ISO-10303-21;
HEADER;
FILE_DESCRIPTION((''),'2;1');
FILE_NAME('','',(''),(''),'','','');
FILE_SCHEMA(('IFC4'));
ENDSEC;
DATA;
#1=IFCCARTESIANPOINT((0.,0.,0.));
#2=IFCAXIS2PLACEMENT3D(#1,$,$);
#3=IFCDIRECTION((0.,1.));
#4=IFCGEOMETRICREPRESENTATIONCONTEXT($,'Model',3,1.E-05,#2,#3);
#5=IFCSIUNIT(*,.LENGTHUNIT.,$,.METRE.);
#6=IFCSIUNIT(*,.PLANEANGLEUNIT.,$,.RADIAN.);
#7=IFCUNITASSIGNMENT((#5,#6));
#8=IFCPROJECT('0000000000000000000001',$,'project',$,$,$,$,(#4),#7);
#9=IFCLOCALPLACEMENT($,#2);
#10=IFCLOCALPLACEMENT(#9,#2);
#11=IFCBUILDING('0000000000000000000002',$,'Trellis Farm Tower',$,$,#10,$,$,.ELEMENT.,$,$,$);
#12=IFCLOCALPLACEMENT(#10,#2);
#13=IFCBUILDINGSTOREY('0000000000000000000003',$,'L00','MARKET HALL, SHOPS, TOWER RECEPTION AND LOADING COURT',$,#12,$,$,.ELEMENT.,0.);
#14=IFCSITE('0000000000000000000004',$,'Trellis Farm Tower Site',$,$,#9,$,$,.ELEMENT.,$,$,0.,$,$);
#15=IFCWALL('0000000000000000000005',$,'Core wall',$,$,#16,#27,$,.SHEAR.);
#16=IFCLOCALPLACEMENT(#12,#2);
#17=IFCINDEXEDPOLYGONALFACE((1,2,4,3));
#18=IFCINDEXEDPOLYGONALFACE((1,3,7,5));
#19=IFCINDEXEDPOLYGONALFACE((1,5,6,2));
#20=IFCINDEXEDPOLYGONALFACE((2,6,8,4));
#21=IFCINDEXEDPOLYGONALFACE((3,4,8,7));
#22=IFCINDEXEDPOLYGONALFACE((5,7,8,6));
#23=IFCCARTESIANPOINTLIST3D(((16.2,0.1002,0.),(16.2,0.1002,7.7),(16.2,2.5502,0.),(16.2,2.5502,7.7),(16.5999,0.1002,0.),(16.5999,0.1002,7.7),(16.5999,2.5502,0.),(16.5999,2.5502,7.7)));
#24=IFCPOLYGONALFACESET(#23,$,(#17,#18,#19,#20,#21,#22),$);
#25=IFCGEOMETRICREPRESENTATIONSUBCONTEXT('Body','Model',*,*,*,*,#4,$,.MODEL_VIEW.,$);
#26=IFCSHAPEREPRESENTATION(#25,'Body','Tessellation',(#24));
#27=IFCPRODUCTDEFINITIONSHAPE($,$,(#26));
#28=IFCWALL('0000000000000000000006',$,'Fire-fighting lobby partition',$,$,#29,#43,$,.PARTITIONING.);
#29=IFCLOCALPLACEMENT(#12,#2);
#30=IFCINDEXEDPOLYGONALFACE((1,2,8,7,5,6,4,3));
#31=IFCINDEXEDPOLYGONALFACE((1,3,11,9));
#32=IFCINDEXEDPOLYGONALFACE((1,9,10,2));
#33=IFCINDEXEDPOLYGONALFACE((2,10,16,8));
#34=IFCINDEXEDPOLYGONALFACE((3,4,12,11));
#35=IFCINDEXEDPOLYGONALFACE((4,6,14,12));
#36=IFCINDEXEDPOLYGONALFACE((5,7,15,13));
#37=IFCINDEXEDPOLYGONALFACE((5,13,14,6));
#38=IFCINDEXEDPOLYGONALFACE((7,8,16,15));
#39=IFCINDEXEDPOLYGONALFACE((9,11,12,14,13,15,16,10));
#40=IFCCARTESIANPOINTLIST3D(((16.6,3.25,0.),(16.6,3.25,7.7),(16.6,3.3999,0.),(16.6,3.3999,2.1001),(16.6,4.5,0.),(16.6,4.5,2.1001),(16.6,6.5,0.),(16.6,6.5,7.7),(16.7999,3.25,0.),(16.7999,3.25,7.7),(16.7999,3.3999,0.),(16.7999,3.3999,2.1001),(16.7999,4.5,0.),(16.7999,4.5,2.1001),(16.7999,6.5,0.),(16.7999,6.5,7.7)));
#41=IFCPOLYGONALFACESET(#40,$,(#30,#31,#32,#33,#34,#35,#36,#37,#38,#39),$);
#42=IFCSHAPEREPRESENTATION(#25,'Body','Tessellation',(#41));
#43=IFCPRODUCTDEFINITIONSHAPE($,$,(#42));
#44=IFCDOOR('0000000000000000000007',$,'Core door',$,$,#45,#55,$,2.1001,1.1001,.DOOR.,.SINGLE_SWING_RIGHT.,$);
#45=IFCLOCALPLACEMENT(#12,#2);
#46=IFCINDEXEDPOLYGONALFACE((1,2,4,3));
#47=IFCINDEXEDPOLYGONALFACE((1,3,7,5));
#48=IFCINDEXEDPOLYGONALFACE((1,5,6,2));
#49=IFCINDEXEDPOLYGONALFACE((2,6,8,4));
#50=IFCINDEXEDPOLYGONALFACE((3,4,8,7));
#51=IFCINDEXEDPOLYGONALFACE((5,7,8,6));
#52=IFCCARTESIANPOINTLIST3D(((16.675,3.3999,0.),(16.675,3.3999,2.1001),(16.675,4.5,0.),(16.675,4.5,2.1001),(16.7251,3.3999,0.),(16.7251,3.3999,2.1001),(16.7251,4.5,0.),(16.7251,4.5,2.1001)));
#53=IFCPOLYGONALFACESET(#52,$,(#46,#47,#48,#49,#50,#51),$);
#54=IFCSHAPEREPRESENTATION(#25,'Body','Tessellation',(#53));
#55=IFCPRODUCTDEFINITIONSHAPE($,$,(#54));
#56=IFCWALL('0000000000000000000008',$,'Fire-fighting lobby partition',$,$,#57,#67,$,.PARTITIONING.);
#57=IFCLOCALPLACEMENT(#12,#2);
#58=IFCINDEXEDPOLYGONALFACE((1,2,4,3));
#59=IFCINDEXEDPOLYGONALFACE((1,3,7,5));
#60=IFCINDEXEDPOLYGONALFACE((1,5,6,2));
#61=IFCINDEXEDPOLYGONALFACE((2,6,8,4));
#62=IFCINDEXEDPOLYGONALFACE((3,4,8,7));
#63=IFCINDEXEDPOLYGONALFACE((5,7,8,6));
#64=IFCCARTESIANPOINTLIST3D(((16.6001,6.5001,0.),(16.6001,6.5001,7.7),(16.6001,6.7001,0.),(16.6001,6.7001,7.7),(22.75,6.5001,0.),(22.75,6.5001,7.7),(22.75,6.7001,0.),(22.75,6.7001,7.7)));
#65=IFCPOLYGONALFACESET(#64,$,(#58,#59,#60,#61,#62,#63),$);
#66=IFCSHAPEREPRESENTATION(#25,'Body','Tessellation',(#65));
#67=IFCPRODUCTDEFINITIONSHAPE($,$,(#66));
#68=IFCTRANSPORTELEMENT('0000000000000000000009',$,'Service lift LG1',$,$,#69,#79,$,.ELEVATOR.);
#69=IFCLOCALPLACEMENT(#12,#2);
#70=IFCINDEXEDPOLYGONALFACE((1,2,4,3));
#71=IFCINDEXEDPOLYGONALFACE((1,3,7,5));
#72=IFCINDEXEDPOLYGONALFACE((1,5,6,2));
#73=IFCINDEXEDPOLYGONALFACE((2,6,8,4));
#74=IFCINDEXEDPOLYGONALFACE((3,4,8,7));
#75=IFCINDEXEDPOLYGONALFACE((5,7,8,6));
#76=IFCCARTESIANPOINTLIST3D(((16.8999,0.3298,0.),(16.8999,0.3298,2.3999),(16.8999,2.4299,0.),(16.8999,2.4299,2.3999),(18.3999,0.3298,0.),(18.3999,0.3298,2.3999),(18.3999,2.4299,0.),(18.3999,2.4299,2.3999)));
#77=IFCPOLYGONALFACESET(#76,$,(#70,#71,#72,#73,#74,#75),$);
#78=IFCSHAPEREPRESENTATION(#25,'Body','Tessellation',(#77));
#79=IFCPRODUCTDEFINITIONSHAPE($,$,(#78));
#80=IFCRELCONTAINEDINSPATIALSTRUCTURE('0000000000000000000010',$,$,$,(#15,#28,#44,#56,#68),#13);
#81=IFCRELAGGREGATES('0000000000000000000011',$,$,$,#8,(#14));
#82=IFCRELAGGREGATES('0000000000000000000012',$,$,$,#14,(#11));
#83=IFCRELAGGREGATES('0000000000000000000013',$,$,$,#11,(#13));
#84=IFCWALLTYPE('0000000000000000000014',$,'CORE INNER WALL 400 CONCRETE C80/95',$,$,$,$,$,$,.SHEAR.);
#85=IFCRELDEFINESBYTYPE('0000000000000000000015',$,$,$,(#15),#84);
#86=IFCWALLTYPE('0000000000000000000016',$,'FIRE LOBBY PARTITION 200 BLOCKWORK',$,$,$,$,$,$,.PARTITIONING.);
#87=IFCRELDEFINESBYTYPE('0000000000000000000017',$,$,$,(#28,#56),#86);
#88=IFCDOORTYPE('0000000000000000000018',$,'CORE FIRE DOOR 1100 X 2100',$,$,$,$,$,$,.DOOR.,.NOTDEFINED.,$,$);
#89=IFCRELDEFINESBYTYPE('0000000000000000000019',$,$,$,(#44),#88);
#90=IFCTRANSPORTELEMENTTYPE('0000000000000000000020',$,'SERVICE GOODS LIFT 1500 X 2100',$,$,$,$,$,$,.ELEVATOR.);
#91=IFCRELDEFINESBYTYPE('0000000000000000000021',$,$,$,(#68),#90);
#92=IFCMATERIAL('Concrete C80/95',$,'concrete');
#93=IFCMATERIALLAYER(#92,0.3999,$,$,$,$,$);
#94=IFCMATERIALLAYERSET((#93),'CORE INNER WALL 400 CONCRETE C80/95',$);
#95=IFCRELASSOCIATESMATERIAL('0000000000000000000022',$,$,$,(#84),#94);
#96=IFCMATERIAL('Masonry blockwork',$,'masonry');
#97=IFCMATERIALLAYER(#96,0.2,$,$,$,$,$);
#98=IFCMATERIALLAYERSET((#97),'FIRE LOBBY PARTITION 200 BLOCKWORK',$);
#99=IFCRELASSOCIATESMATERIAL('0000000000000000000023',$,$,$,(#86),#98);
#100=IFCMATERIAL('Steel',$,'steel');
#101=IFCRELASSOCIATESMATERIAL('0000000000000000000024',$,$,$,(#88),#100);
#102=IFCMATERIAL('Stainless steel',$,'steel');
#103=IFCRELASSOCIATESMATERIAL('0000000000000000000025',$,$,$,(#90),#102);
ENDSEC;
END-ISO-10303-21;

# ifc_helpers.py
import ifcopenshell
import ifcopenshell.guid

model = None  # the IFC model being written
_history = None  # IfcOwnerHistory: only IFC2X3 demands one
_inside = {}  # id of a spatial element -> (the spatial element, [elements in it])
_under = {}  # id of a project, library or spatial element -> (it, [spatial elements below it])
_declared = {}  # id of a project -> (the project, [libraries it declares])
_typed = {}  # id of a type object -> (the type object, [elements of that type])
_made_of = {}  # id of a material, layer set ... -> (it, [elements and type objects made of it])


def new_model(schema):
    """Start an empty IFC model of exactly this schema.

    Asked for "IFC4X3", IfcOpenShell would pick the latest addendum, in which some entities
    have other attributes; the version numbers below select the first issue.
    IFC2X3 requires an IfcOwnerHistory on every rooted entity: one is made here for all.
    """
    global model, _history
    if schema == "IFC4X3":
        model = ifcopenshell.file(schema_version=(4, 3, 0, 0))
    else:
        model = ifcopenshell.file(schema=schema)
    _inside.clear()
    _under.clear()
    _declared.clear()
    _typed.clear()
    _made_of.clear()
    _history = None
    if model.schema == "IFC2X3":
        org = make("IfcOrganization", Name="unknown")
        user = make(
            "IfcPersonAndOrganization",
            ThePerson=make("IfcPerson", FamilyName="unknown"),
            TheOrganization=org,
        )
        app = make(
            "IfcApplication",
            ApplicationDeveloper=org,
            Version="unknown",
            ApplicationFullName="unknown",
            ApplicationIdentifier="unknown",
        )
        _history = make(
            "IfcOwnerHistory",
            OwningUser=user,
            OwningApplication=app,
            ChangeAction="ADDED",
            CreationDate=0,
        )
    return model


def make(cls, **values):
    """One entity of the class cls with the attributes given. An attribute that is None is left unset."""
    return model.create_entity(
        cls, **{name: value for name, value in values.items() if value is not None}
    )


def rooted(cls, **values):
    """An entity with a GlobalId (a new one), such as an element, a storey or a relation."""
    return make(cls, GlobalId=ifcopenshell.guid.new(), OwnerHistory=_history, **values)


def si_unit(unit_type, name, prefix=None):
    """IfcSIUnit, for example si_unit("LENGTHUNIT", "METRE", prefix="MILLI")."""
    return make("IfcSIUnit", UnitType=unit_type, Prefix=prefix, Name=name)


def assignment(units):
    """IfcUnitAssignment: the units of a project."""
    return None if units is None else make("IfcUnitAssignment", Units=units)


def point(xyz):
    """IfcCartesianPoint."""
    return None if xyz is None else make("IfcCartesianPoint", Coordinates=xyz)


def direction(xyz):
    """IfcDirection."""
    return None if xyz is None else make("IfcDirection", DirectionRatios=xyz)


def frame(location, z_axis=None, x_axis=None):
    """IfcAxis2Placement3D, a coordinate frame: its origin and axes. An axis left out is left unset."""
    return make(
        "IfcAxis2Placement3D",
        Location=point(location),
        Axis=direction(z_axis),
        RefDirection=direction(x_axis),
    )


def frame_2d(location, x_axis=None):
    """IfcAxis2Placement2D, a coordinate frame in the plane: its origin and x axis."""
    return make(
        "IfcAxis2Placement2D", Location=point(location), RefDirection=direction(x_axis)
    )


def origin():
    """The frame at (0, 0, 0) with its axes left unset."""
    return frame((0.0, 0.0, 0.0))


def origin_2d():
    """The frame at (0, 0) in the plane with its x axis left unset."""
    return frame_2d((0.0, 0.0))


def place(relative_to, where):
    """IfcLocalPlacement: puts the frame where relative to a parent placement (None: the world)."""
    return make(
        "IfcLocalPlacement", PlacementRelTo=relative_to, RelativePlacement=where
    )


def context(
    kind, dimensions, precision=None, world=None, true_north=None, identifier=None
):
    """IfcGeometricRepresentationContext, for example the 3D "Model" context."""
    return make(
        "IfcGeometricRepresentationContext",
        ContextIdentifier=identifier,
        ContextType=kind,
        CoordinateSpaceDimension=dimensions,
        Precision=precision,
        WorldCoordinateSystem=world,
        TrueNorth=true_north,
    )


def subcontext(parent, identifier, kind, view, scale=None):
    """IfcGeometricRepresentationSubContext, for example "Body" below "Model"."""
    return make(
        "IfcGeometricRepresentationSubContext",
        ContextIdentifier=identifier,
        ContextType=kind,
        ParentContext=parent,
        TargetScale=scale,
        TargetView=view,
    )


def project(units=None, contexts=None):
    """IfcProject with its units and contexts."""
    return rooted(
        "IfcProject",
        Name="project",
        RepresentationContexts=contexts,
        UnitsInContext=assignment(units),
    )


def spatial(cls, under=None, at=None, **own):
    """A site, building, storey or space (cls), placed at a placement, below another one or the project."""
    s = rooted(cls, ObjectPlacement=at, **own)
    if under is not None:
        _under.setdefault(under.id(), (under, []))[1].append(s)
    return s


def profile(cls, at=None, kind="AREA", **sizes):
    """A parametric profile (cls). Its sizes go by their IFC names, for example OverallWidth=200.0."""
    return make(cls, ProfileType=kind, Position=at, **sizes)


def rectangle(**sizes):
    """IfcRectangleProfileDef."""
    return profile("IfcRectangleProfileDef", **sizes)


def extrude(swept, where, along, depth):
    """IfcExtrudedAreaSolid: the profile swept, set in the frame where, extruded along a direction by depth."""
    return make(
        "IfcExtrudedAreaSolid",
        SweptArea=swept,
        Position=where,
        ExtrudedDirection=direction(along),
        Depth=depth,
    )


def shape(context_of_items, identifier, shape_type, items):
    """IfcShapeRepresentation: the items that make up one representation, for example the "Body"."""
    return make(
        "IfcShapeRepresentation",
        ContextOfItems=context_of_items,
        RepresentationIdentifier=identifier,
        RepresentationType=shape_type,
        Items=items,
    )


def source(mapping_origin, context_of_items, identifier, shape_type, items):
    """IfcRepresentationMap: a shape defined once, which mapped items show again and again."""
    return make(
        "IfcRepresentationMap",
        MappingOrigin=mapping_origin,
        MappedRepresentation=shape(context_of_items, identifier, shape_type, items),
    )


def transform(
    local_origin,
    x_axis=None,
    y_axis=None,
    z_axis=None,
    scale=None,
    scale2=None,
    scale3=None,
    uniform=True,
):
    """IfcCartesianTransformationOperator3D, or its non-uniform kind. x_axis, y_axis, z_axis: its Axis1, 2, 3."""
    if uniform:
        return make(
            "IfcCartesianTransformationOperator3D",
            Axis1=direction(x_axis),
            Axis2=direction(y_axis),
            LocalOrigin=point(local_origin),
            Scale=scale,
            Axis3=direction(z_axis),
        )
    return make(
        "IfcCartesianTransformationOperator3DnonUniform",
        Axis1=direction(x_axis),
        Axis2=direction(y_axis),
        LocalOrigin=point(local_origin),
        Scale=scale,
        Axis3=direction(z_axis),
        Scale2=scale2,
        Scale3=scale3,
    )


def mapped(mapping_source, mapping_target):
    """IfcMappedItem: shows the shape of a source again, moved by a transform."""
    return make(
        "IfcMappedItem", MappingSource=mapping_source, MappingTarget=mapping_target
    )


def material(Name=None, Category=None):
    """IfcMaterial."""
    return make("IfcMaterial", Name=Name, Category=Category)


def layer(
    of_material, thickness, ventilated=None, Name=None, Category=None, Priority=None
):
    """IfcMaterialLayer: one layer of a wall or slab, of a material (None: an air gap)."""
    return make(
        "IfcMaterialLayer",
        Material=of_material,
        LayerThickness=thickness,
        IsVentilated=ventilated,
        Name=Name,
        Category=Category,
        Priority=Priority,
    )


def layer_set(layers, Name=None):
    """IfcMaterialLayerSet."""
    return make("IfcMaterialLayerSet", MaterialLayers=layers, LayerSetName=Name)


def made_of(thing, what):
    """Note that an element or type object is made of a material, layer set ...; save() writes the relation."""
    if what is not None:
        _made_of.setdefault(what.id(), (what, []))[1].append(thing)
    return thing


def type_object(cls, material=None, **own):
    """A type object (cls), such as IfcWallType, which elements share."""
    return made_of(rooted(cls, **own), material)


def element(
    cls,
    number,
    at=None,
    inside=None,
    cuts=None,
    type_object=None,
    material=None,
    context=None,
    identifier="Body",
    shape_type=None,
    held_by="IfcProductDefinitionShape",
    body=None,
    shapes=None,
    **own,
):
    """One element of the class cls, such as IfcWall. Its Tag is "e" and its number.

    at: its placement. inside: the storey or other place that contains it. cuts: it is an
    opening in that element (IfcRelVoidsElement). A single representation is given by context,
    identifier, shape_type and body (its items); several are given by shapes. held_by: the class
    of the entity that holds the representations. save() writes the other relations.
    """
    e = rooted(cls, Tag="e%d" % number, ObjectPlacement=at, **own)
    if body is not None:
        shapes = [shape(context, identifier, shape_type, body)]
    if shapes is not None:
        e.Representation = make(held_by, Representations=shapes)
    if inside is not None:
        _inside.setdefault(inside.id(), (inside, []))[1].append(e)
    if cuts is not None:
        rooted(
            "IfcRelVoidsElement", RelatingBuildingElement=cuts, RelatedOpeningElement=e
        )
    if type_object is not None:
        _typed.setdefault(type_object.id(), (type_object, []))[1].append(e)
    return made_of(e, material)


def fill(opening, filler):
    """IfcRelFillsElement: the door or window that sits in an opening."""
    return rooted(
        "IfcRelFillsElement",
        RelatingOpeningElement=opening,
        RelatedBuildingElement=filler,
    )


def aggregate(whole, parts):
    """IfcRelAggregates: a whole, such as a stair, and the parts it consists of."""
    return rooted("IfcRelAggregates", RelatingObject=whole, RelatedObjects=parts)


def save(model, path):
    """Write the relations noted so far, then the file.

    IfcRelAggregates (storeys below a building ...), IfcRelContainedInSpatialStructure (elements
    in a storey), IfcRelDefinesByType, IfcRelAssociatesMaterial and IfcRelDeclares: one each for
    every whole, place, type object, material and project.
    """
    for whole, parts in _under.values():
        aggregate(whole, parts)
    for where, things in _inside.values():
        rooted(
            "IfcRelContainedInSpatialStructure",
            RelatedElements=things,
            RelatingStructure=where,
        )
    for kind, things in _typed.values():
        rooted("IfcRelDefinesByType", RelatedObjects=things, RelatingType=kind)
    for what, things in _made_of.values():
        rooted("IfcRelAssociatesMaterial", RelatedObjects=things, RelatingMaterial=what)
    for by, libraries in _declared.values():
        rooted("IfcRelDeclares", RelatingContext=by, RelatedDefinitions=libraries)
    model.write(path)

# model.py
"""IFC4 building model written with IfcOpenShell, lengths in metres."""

from ifc_helpers import new_model, si_unit, direction, frame, frame_2d, origin, origin_2d, place, context, subcontext, project, spatial, rectangle, extrude, source, transform, mapped, material, layer, layer_set, type_object, element, fill, save


model = new_model("IFC4")

# Units and contexts
model_context = context("Model", 3, precision=1e-05, world=origin(), true_north=direction((0.0, 1.0)))
body_context = subcontext(model_context, "Body", "Model", "MODEL_VIEW")
ifc_project = project(units=[si_unit("LENGTHUNIT", "METRE"), si_unit("PLANEANGLEUNIT", "RADIAN")], contexts=[model_context])

# Site, building, storey
site_placement = place(None, origin())
site = spatial("IfcSite", under=ifc_project, at=site_placement, Name="Trellis Farm Tower Site", CompositionType="ELEMENT", RefElevation=0.0)
building_placement = place(site_placement, origin())
building = spatial("IfcBuilding", under=site, at=building_placement, Name="Trellis Farm Tower", CompositionType="ELEMENT")
storey_placement = place(building_placement, origin())
storey = spatial("IfcBuildingStorey", under=building, at=storey_placement, Name="L00", Description="MARKET HALL, SHOPS, TOWER RECEPTION AND LOADING COURT", CompositionType="ELEMENT", Elevation=0.0)

# Shared definitions
ifc_material_1 = material(Name="Concrete C80/95", Category="concrete")

# Shared definitions
ifc_material_2 = material(Name="Steel", Category="steel")
ifc_material_3 = material(Name="Stainless steel", Category="steel")

# Wall
ifc_layer_1 = layer(ifc_material_1, 0.3999)
ifc_layer_set_1 = layer_set([ifc_layer_1], Name="CORE INNER WALL 400 CONCRETE C80/95")
wall_type_1 = type_object("IfcWallType", Name="CORE INNER WALL 400 CONCRETE C80/95", PredefinedType="SHEAR", material=ifc_layer_set_1)
shared_shape_1 = source(origin(), body_context, "Body", "SweptSolid", [
    extrude(rectangle(XDim=2.45, YDim=0.3999, at=frame_2d((1.2251, 0.0))), origin(), (0.0, 0.0, 1.0), 7.7),
])
for number, where, z_axis, x_axis, name in (
    (1, (16.3999, 0.1001, 0.0), (0.0, 0.0, 1.0), (0.0, 1.0, 0.0), "Core wall"),
):
    element("IfcWall", number, at=place(storey_placement, frame(where, z_axis=z_axis, x_axis=x_axis)), inside=storey, type_object=wall_type_1, Name=name, PredefinedType="SHEAR", context=body_context, shape_type="MappedRepresentation", body=[
        mapped(shared_shape_1, transform((0.0, 0.0, 0.0))),
    ])

# Wall, opening, door
ifc_material_4 = material(Name="Masonry blockwork", Category="masonry")
ifc_layer_2 = layer(ifc_material_4, 0.2)
ifc_layer_set_2 = layer_set([ifc_layer_2], Name="FIRE LOBBY PARTITION 200 BLOCKWORK")
wall_type_2 = type_object("IfcWallType", Name="FIRE LOBBY PARTITION 200 BLOCKWORK", PredefinedType="PARTITIONING", material=ifc_layer_set_2)
shared_shape_2 = source(origin(), body_context, "Body", "SweptSolid", [
    extrude(rectangle(XDim=3.25, YDim=0.2, at=frame_2d((1.625, 0.0))), origin(), (0.0, 0.0, 1.0), 7.7),
])
wall_1_placement = place(storey_placement, frame((16.7, 3.25, 0.0), z_axis=(0.0, 0.0, 1.0), x_axis=(0.0, 1.0, 0.0)))
wall_1 = element("IfcWall", 2, at=wall_1_placement, inside=storey, type_object=wall_type_2, Name="Fire-fighting lobby partition", PredefinedType="PARTITIONING", context=body_context, shape_type="MappedRepresentation", body=[
    mapped(shared_shape_2, transform((0.0, 0.0, 0.0))),
])
shared_shape_3 = source(origin(), body_context, "Body", "SweptSolid", [
    extrude(rectangle(XDim=1.1001, YDim=2.1001, at=frame_2d((0.55, 1.05))), frame((0.0, 0.1101, 0.0), z_axis=(0.0, -1.0, 0.0), x_axis=(1.0, 0.0, 0.0)), (0.0, 0.0, 1.0), 0.2202),
])
opening_1_placement = place(wall_1_placement, frame((0.1499, 0.0, 0.0)))
opening_1 = element("IfcOpeningElement", 3, at=opening_1_placement, cuts=wall_1, PredefinedType="OPENING", context=body_context, shape_type="MappedRepresentation", body=[
    mapped(shared_shape_3, transform((0.0, 0.0, 0.0))),
])
door_type_1 = type_object("IfcDoorType", Name="CORE FIRE DOOR 1100 X 2100", OperationType="NOTDEFINED", PredefinedType="DOOR", material=ifc_material_2)
shared_shape_4 = source(origin(), body_context, "Body", "SweptSolid", [
    extrude(rectangle(XDim=1.1001, YDim=2.1001, at=frame_2d((0.55, 1.05))), frame((0.0, 0.0249, 0.0), z_axis=(0.0, -1.0, 0.0), x_axis=(1.0, 0.0, 0.0)), (0.0, 0.0, 1.0), 0.05),
])
door_1_placement = place(opening_1_placement, origin())
door_1 = element("IfcDoor", 4, at=door_1_placement, inside=storey, type_object=door_type_1, Name="Core door", OperationType="SINGLE_SWING_RIGHT", OverallHeight=2.1001, OverallWidth=1.1001, PredefinedType="DOOR", context=body_context, shape_type="MappedRepresentation", body=[
    mapped(shared_shape_4, transform((0.0, 0.0, 0.0))),
])
fill(opening_1, door_1)

# Wall
shared_shape_5 = source(origin(), body_context, "Body", "SweptSolid", [
    extrude(rectangle(XDim=6.1499, YDim=0.2, at=frame_2d((3.075, 0.0))), origin(), (0.0, 0.0, 1.0), 7.7),
])
wall_2_placement = place(storey_placement, frame((16.6001, 6.6001, 0.0), z_axis=(0.0, 0.0, 1.0), x_axis=(1.0, 0.0, 0.0)))
element("IfcWall", 5, at=wall_2_placement, inside=storey, type_object=wall_type_2, Name="Fire-fighting lobby partition", PredefinedType="PARTITIONING", context=body_context, shape_type="MappedRepresentation", body=[
    mapped(shared_shape_5, transform((0.0, 0.0, 0.0))),
])

# Transport element
transport_element_type = type_object("IfcTransportElementType", Name="SERVICE GOODS LIFT 1500 X 2100", PredefinedType="ELEVATOR", material=ifc_material_3)
transport_element_placement = place(storey_placement, frame((17.6499, 1.3799, 0.0), z_axis=(0.0, 0.0, 1.0), x_axis=(1.0, 0.0, 0.0)))
element("IfcTransportElement", 6, at=transport_element_placement, inside=storey, type_object=transport_element_type, Name="Service lift LG1", PredefinedType="ELEVATOR", context=body_context, shape_type="SweptSolid", body=[
    extrude(rectangle(XDim=1.5, YDim=2.1001, at=origin_2d()), origin(), (0.0, 0.0, 1.0), 2.3999),
])

save(model, "model.ifc")
